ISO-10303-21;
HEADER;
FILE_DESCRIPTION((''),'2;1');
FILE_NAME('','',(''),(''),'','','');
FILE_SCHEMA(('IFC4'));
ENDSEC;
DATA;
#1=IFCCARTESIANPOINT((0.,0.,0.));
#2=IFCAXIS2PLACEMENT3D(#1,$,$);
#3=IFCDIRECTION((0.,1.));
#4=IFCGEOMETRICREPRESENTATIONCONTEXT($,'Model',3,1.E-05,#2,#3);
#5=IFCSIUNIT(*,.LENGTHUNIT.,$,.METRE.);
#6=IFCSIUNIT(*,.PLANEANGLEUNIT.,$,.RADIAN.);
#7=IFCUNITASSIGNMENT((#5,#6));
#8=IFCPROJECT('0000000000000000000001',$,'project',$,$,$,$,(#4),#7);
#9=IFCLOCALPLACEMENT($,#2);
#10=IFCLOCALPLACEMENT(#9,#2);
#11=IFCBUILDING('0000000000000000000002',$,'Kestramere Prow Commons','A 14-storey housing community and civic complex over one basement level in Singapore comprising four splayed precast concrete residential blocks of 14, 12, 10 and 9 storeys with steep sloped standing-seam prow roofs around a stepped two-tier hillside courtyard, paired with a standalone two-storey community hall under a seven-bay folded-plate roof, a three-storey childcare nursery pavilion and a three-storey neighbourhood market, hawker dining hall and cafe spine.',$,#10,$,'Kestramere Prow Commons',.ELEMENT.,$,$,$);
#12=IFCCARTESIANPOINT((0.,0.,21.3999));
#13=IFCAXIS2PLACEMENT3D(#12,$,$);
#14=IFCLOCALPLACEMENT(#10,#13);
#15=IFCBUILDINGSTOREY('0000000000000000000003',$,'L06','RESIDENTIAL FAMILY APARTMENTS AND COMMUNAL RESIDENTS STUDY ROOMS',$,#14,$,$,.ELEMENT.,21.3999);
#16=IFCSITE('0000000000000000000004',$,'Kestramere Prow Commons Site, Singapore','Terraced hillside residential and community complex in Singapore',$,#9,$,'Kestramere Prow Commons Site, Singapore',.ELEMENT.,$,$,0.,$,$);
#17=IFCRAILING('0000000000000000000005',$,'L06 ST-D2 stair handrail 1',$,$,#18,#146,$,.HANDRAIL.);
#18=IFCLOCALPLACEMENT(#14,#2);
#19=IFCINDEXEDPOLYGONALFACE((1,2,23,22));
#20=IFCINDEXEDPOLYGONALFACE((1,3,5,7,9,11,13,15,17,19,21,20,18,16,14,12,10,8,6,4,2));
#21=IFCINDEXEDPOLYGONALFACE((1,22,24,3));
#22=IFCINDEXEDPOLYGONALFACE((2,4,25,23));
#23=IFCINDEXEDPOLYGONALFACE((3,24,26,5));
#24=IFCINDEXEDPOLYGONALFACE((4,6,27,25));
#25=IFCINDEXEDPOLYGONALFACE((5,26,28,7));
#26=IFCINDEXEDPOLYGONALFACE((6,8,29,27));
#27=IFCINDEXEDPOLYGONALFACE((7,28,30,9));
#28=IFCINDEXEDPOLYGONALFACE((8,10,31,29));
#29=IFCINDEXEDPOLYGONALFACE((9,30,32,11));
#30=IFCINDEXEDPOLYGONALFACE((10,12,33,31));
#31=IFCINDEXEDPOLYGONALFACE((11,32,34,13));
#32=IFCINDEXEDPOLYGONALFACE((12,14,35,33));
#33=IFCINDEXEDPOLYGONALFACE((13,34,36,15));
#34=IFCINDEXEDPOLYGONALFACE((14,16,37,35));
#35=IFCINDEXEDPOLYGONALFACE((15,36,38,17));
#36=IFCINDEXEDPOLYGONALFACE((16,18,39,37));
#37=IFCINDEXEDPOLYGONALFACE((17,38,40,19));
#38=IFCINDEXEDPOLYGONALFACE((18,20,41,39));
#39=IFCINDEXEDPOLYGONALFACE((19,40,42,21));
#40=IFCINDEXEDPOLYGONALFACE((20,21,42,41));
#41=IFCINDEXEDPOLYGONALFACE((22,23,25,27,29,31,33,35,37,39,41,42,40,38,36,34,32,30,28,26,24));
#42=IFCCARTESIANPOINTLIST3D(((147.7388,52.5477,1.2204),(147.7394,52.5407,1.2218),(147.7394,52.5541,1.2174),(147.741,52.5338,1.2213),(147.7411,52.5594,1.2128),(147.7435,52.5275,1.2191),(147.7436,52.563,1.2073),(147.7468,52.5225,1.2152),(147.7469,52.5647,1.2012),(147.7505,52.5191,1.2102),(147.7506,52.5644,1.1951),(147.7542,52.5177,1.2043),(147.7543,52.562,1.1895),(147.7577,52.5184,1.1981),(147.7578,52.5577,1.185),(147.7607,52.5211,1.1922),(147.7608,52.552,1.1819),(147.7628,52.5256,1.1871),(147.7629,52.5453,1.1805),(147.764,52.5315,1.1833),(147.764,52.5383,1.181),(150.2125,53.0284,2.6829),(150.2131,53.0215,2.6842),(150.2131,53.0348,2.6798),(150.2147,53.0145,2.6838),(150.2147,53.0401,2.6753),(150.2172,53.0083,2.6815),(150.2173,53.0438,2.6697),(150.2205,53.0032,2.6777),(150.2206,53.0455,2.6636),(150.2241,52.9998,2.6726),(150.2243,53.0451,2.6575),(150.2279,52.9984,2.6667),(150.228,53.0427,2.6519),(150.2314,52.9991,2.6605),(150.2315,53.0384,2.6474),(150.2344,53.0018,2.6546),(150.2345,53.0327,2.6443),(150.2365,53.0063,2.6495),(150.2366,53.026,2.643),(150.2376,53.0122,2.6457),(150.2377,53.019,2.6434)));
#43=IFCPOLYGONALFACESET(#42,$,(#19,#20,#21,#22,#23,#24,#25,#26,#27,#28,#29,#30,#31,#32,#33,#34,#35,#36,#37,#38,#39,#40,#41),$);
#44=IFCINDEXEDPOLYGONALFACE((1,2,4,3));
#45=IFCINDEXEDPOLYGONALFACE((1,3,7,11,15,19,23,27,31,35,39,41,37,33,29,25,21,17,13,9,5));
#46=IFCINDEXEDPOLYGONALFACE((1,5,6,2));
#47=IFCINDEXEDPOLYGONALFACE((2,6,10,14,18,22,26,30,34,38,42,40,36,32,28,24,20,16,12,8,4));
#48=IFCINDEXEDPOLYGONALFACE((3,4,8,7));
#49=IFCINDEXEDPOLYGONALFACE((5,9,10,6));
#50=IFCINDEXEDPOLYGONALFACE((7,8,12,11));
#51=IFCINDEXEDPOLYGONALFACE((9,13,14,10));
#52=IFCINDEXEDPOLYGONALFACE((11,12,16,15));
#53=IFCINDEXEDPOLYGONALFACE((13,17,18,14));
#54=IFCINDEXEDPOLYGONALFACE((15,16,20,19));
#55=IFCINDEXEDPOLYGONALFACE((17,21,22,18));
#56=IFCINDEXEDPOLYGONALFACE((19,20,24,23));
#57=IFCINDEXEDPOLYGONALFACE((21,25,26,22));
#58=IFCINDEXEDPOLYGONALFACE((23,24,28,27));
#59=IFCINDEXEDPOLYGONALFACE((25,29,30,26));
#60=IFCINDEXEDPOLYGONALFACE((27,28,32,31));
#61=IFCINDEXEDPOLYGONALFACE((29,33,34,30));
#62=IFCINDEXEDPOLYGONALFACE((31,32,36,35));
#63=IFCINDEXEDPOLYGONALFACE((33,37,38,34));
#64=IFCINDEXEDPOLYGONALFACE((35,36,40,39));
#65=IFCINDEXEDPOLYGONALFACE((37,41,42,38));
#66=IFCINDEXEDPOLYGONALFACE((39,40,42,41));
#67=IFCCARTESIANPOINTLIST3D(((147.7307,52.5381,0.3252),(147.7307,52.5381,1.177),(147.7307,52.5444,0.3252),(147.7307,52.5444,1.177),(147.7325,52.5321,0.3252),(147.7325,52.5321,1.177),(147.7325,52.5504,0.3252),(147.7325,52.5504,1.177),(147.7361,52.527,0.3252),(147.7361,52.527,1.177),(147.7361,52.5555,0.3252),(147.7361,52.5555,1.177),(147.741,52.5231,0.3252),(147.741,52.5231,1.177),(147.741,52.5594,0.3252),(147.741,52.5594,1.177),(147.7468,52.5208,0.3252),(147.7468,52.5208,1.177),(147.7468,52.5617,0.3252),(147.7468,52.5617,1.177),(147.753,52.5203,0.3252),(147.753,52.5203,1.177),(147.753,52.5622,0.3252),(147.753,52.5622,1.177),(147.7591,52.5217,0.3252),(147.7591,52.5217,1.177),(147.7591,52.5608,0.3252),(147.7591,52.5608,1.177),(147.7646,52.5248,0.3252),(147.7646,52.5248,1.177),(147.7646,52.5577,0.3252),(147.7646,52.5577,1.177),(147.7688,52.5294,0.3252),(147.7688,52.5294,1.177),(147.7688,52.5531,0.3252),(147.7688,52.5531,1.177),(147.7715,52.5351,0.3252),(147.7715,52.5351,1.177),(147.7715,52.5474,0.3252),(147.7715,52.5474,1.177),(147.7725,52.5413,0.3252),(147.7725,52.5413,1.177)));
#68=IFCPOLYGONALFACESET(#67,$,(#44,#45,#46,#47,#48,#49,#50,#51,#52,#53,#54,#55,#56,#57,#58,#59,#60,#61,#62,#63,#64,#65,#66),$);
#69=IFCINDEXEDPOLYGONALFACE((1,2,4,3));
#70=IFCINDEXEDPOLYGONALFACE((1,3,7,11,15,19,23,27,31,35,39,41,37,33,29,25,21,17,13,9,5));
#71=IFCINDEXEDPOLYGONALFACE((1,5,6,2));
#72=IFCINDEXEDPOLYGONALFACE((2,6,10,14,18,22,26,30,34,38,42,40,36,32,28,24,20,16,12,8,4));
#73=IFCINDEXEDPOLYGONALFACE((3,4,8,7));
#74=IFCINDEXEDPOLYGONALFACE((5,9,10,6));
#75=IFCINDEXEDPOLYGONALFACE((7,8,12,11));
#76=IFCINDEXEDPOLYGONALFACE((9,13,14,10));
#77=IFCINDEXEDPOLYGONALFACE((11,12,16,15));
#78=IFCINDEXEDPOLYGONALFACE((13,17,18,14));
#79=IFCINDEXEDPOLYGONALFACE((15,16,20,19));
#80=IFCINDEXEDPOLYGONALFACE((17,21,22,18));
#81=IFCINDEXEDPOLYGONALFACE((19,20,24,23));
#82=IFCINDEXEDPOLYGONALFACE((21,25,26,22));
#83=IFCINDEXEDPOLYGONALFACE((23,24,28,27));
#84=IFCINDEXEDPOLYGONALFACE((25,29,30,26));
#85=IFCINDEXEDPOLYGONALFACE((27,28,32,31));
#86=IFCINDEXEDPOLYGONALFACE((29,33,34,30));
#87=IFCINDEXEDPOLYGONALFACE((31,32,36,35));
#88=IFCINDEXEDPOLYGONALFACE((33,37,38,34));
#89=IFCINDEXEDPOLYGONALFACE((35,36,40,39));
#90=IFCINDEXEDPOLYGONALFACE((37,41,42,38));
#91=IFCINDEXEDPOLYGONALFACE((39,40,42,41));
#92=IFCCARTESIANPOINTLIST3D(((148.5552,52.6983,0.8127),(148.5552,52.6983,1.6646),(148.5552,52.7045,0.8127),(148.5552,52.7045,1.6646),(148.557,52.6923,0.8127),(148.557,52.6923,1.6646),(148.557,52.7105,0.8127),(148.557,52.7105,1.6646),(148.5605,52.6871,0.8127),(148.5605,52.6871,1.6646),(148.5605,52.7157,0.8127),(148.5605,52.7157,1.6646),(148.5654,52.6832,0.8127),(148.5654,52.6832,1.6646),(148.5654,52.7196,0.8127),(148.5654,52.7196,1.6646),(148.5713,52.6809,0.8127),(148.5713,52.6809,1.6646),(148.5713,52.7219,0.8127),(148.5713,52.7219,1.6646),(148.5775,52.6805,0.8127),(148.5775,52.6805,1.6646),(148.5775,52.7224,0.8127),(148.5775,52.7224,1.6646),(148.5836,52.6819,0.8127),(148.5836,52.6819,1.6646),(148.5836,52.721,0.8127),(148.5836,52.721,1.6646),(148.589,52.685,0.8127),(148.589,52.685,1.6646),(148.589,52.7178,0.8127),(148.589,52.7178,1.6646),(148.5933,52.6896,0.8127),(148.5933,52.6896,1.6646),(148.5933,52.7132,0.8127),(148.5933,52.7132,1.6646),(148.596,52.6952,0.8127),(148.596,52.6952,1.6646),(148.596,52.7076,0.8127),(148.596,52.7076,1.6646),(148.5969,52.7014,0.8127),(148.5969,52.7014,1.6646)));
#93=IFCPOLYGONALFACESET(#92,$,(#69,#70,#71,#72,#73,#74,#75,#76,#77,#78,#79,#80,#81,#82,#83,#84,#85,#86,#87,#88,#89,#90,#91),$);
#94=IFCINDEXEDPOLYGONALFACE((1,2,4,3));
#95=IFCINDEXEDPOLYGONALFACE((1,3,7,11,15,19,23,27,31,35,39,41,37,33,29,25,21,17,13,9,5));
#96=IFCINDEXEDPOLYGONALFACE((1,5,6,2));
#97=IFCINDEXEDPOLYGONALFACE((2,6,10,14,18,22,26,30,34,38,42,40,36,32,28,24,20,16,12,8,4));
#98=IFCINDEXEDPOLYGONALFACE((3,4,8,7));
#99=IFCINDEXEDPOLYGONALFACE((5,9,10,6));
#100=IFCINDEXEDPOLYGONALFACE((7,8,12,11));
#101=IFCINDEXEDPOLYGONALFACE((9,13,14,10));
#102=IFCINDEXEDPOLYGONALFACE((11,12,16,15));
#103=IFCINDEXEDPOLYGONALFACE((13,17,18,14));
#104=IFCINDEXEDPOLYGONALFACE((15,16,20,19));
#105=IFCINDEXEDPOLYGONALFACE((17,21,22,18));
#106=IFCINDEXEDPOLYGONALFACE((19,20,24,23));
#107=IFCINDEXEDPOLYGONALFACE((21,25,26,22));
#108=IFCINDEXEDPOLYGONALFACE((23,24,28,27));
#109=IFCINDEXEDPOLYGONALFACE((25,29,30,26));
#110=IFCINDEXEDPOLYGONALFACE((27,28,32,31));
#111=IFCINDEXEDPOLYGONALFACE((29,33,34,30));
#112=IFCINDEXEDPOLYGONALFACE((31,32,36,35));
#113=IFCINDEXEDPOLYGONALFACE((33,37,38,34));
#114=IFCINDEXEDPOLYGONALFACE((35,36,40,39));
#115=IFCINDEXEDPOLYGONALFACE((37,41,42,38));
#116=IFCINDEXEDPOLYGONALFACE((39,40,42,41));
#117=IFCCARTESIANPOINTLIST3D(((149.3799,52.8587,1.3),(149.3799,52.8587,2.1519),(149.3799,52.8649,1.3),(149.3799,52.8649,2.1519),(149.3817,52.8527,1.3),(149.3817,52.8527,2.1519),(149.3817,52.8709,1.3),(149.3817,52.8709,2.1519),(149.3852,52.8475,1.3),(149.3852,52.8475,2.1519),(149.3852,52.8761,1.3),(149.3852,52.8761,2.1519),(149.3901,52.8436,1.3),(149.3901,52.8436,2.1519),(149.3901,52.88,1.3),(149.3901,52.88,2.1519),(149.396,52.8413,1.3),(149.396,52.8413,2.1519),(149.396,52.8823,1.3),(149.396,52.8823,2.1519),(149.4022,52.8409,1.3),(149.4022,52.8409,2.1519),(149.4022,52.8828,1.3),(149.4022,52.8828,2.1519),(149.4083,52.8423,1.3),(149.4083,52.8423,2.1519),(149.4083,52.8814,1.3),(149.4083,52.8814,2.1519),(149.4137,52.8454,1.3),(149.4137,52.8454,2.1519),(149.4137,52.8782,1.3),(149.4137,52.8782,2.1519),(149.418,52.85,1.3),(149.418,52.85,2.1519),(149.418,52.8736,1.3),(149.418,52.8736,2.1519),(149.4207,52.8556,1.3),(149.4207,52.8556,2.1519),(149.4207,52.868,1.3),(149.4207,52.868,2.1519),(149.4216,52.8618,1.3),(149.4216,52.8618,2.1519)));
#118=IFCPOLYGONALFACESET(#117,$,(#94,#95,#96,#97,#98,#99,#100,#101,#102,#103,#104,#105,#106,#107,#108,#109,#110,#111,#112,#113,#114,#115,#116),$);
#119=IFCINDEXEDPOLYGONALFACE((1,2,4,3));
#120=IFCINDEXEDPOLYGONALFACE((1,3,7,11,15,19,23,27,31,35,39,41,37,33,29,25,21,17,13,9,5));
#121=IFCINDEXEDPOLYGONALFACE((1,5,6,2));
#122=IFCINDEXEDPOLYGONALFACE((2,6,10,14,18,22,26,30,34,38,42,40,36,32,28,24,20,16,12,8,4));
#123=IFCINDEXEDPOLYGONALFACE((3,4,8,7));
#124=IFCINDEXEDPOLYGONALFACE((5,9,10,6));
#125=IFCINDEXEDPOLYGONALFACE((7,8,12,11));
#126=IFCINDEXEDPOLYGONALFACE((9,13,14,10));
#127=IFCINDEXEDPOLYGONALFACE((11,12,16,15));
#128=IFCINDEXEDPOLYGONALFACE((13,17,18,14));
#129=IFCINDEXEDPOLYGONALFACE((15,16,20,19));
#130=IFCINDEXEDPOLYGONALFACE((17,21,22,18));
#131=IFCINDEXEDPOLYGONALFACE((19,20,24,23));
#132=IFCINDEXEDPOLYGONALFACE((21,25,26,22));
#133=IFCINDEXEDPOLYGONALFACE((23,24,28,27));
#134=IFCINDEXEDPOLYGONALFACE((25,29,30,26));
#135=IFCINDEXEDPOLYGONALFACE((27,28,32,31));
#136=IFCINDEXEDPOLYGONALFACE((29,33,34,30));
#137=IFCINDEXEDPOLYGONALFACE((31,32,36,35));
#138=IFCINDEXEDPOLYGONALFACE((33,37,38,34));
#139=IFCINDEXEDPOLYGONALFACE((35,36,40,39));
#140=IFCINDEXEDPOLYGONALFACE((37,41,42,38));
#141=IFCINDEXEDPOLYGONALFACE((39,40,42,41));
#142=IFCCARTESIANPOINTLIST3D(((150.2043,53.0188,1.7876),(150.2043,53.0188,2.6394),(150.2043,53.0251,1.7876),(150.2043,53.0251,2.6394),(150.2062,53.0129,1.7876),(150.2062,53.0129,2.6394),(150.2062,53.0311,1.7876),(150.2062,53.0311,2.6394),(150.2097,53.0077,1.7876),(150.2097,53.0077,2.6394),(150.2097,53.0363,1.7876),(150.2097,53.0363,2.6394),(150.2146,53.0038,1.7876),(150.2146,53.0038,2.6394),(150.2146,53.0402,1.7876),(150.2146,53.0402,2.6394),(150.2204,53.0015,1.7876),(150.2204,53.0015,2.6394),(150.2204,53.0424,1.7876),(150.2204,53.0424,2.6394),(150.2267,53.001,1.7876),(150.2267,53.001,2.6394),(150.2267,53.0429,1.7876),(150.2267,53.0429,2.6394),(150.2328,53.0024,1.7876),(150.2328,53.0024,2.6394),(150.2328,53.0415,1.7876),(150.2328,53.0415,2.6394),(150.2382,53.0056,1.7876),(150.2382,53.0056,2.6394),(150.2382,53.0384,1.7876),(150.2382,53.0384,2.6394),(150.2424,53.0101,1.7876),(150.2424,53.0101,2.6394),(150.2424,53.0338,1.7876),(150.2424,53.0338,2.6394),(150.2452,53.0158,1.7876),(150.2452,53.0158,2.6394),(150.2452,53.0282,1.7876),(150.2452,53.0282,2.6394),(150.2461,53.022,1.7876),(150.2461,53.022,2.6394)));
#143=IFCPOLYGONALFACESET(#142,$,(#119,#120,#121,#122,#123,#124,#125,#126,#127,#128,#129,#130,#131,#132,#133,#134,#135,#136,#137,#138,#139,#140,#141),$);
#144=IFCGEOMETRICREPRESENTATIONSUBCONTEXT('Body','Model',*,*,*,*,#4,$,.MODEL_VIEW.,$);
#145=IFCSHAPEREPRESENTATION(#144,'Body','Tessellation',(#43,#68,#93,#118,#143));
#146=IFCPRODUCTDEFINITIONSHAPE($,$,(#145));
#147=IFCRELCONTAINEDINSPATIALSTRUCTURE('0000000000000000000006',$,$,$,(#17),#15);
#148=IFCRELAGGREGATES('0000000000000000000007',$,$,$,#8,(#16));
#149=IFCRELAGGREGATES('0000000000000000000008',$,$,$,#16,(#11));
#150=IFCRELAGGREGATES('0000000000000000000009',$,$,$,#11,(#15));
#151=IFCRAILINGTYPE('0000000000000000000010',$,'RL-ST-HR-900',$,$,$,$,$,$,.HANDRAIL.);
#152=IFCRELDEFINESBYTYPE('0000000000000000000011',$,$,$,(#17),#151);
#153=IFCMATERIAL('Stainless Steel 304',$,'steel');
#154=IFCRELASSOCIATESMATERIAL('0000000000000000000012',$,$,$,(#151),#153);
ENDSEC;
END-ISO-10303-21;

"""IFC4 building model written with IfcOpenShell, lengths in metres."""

from ifc_helpers import new_model, si_unit, direction, frame, origin, origin_2d, place, context, subcontext, project, spatial, circle, extrude, material, type_object, element, save


model = new_model("IFC4")

# Units and contexts
model_context = context("Model", 3, precision=1e-05, world=origin(), true_north=direction((0.0, 1.0)))
body_context = subcontext(model_context, "Body", "Model", "MODEL_VIEW")
ifc_project = project(units=[si_unit("LENGTHUNIT", "METRE"), si_unit("PLANEANGLEUNIT", "RADIAN")], contexts=[model_context])

# Site, building, storey
site_placement = place(None, origin())
site = spatial("IfcSite", under=ifc_project, at=site_placement, Name="Kestramere Prow Commons Site, Singapore", Description="Terraced hillside residential and community complex in Singapore", LongName="Kestramere Prow Commons Site, Singapore", CompositionType="ELEMENT", RefElevation=0.0)
building_placement = place(site_placement, origin())
building = spatial("IfcBuilding", under=site, at=building_placement, Name="Kestramere Prow Commons", Description="A 14-storey housing community and civic complex over one basement level in Singapore comprising four splayed precast concrete residential blocks of 14, 12, 10 and 9 storeys with steep sloped standing-seam prow roofs around a stepped two-tier hillside courtyard, paired with a standalone two-storey community hall under a seven-bay folded-plate roof, a three-storey childcare nursery pavilion and a three-storey neighbourhood market, hawker dining hall and cafe spine.", LongName="Kestramere Prow Commons", CompositionType="ELEMENT")
storey_placement = place(building_placement, frame((0.0, 0.0, 21.3999)))
storey = spatial("IfcBuildingStorey", under=building, at=storey_placement, Name="L06", Description="RESIDENTIAL FAMILY APARTMENTS AND COMMUNAL RESIDENTS STUDY ROOMS", CompositionType="ELEMENT", Elevation=21.3999)

# Railing
ifc_material_1 = material(Name="Stainless Steel 304", Category="steel")
railing_type = type_object("IfcRailingType", Name="RL-ST-HR-900", PredefinedType="HANDRAIL", material=ifc_material_1)
railing_1_placement = place(storey_placement, frame((147.7515, 52.5413, 0.3252)))
element("IfcRailing", 1, at=railing_1_placement, inside=storey, type_object=railing_type, Name="L06 ST-D2 stair handrail 1", PredefinedType="HANDRAIL", context=body_context, shape_type="SweptSolid", body=[
    extrude(circle(Radius=0.0239, at=origin_2d()), frame((0.0, 0.0, 0.876), z_axis=(0.84902, 0.164994, 0.501938), x_axis=(-0.190766, 0.981636, 0.0)), (0.0, 0.0, 1.0), 2.9136),
    extrude(circle(Radius=0.021, at=origin_2d()), origin(), (0.0, 0.0, 1.0), 0.8518),
    extrude(circle(Radius=0.021, at=origin_2d()), frame((0.8245, 0.1602, 0.4875)), (0.0, 0.0, 1.0), 0.8518),
    extrude(circle(Radius=0.021, at=origin_2d()), frame((1.6492, 0.3206, 0.9749)), (0.0, 0.0, 1.0), 0.8518),
    extrude(circle(Radius=0.021, at=origin_2d()), frame((2.4736, 0.4807, 1.4624)), (0.0, 0.0, 1.0), 0.8518),
])

save(model, "model.ifc")
